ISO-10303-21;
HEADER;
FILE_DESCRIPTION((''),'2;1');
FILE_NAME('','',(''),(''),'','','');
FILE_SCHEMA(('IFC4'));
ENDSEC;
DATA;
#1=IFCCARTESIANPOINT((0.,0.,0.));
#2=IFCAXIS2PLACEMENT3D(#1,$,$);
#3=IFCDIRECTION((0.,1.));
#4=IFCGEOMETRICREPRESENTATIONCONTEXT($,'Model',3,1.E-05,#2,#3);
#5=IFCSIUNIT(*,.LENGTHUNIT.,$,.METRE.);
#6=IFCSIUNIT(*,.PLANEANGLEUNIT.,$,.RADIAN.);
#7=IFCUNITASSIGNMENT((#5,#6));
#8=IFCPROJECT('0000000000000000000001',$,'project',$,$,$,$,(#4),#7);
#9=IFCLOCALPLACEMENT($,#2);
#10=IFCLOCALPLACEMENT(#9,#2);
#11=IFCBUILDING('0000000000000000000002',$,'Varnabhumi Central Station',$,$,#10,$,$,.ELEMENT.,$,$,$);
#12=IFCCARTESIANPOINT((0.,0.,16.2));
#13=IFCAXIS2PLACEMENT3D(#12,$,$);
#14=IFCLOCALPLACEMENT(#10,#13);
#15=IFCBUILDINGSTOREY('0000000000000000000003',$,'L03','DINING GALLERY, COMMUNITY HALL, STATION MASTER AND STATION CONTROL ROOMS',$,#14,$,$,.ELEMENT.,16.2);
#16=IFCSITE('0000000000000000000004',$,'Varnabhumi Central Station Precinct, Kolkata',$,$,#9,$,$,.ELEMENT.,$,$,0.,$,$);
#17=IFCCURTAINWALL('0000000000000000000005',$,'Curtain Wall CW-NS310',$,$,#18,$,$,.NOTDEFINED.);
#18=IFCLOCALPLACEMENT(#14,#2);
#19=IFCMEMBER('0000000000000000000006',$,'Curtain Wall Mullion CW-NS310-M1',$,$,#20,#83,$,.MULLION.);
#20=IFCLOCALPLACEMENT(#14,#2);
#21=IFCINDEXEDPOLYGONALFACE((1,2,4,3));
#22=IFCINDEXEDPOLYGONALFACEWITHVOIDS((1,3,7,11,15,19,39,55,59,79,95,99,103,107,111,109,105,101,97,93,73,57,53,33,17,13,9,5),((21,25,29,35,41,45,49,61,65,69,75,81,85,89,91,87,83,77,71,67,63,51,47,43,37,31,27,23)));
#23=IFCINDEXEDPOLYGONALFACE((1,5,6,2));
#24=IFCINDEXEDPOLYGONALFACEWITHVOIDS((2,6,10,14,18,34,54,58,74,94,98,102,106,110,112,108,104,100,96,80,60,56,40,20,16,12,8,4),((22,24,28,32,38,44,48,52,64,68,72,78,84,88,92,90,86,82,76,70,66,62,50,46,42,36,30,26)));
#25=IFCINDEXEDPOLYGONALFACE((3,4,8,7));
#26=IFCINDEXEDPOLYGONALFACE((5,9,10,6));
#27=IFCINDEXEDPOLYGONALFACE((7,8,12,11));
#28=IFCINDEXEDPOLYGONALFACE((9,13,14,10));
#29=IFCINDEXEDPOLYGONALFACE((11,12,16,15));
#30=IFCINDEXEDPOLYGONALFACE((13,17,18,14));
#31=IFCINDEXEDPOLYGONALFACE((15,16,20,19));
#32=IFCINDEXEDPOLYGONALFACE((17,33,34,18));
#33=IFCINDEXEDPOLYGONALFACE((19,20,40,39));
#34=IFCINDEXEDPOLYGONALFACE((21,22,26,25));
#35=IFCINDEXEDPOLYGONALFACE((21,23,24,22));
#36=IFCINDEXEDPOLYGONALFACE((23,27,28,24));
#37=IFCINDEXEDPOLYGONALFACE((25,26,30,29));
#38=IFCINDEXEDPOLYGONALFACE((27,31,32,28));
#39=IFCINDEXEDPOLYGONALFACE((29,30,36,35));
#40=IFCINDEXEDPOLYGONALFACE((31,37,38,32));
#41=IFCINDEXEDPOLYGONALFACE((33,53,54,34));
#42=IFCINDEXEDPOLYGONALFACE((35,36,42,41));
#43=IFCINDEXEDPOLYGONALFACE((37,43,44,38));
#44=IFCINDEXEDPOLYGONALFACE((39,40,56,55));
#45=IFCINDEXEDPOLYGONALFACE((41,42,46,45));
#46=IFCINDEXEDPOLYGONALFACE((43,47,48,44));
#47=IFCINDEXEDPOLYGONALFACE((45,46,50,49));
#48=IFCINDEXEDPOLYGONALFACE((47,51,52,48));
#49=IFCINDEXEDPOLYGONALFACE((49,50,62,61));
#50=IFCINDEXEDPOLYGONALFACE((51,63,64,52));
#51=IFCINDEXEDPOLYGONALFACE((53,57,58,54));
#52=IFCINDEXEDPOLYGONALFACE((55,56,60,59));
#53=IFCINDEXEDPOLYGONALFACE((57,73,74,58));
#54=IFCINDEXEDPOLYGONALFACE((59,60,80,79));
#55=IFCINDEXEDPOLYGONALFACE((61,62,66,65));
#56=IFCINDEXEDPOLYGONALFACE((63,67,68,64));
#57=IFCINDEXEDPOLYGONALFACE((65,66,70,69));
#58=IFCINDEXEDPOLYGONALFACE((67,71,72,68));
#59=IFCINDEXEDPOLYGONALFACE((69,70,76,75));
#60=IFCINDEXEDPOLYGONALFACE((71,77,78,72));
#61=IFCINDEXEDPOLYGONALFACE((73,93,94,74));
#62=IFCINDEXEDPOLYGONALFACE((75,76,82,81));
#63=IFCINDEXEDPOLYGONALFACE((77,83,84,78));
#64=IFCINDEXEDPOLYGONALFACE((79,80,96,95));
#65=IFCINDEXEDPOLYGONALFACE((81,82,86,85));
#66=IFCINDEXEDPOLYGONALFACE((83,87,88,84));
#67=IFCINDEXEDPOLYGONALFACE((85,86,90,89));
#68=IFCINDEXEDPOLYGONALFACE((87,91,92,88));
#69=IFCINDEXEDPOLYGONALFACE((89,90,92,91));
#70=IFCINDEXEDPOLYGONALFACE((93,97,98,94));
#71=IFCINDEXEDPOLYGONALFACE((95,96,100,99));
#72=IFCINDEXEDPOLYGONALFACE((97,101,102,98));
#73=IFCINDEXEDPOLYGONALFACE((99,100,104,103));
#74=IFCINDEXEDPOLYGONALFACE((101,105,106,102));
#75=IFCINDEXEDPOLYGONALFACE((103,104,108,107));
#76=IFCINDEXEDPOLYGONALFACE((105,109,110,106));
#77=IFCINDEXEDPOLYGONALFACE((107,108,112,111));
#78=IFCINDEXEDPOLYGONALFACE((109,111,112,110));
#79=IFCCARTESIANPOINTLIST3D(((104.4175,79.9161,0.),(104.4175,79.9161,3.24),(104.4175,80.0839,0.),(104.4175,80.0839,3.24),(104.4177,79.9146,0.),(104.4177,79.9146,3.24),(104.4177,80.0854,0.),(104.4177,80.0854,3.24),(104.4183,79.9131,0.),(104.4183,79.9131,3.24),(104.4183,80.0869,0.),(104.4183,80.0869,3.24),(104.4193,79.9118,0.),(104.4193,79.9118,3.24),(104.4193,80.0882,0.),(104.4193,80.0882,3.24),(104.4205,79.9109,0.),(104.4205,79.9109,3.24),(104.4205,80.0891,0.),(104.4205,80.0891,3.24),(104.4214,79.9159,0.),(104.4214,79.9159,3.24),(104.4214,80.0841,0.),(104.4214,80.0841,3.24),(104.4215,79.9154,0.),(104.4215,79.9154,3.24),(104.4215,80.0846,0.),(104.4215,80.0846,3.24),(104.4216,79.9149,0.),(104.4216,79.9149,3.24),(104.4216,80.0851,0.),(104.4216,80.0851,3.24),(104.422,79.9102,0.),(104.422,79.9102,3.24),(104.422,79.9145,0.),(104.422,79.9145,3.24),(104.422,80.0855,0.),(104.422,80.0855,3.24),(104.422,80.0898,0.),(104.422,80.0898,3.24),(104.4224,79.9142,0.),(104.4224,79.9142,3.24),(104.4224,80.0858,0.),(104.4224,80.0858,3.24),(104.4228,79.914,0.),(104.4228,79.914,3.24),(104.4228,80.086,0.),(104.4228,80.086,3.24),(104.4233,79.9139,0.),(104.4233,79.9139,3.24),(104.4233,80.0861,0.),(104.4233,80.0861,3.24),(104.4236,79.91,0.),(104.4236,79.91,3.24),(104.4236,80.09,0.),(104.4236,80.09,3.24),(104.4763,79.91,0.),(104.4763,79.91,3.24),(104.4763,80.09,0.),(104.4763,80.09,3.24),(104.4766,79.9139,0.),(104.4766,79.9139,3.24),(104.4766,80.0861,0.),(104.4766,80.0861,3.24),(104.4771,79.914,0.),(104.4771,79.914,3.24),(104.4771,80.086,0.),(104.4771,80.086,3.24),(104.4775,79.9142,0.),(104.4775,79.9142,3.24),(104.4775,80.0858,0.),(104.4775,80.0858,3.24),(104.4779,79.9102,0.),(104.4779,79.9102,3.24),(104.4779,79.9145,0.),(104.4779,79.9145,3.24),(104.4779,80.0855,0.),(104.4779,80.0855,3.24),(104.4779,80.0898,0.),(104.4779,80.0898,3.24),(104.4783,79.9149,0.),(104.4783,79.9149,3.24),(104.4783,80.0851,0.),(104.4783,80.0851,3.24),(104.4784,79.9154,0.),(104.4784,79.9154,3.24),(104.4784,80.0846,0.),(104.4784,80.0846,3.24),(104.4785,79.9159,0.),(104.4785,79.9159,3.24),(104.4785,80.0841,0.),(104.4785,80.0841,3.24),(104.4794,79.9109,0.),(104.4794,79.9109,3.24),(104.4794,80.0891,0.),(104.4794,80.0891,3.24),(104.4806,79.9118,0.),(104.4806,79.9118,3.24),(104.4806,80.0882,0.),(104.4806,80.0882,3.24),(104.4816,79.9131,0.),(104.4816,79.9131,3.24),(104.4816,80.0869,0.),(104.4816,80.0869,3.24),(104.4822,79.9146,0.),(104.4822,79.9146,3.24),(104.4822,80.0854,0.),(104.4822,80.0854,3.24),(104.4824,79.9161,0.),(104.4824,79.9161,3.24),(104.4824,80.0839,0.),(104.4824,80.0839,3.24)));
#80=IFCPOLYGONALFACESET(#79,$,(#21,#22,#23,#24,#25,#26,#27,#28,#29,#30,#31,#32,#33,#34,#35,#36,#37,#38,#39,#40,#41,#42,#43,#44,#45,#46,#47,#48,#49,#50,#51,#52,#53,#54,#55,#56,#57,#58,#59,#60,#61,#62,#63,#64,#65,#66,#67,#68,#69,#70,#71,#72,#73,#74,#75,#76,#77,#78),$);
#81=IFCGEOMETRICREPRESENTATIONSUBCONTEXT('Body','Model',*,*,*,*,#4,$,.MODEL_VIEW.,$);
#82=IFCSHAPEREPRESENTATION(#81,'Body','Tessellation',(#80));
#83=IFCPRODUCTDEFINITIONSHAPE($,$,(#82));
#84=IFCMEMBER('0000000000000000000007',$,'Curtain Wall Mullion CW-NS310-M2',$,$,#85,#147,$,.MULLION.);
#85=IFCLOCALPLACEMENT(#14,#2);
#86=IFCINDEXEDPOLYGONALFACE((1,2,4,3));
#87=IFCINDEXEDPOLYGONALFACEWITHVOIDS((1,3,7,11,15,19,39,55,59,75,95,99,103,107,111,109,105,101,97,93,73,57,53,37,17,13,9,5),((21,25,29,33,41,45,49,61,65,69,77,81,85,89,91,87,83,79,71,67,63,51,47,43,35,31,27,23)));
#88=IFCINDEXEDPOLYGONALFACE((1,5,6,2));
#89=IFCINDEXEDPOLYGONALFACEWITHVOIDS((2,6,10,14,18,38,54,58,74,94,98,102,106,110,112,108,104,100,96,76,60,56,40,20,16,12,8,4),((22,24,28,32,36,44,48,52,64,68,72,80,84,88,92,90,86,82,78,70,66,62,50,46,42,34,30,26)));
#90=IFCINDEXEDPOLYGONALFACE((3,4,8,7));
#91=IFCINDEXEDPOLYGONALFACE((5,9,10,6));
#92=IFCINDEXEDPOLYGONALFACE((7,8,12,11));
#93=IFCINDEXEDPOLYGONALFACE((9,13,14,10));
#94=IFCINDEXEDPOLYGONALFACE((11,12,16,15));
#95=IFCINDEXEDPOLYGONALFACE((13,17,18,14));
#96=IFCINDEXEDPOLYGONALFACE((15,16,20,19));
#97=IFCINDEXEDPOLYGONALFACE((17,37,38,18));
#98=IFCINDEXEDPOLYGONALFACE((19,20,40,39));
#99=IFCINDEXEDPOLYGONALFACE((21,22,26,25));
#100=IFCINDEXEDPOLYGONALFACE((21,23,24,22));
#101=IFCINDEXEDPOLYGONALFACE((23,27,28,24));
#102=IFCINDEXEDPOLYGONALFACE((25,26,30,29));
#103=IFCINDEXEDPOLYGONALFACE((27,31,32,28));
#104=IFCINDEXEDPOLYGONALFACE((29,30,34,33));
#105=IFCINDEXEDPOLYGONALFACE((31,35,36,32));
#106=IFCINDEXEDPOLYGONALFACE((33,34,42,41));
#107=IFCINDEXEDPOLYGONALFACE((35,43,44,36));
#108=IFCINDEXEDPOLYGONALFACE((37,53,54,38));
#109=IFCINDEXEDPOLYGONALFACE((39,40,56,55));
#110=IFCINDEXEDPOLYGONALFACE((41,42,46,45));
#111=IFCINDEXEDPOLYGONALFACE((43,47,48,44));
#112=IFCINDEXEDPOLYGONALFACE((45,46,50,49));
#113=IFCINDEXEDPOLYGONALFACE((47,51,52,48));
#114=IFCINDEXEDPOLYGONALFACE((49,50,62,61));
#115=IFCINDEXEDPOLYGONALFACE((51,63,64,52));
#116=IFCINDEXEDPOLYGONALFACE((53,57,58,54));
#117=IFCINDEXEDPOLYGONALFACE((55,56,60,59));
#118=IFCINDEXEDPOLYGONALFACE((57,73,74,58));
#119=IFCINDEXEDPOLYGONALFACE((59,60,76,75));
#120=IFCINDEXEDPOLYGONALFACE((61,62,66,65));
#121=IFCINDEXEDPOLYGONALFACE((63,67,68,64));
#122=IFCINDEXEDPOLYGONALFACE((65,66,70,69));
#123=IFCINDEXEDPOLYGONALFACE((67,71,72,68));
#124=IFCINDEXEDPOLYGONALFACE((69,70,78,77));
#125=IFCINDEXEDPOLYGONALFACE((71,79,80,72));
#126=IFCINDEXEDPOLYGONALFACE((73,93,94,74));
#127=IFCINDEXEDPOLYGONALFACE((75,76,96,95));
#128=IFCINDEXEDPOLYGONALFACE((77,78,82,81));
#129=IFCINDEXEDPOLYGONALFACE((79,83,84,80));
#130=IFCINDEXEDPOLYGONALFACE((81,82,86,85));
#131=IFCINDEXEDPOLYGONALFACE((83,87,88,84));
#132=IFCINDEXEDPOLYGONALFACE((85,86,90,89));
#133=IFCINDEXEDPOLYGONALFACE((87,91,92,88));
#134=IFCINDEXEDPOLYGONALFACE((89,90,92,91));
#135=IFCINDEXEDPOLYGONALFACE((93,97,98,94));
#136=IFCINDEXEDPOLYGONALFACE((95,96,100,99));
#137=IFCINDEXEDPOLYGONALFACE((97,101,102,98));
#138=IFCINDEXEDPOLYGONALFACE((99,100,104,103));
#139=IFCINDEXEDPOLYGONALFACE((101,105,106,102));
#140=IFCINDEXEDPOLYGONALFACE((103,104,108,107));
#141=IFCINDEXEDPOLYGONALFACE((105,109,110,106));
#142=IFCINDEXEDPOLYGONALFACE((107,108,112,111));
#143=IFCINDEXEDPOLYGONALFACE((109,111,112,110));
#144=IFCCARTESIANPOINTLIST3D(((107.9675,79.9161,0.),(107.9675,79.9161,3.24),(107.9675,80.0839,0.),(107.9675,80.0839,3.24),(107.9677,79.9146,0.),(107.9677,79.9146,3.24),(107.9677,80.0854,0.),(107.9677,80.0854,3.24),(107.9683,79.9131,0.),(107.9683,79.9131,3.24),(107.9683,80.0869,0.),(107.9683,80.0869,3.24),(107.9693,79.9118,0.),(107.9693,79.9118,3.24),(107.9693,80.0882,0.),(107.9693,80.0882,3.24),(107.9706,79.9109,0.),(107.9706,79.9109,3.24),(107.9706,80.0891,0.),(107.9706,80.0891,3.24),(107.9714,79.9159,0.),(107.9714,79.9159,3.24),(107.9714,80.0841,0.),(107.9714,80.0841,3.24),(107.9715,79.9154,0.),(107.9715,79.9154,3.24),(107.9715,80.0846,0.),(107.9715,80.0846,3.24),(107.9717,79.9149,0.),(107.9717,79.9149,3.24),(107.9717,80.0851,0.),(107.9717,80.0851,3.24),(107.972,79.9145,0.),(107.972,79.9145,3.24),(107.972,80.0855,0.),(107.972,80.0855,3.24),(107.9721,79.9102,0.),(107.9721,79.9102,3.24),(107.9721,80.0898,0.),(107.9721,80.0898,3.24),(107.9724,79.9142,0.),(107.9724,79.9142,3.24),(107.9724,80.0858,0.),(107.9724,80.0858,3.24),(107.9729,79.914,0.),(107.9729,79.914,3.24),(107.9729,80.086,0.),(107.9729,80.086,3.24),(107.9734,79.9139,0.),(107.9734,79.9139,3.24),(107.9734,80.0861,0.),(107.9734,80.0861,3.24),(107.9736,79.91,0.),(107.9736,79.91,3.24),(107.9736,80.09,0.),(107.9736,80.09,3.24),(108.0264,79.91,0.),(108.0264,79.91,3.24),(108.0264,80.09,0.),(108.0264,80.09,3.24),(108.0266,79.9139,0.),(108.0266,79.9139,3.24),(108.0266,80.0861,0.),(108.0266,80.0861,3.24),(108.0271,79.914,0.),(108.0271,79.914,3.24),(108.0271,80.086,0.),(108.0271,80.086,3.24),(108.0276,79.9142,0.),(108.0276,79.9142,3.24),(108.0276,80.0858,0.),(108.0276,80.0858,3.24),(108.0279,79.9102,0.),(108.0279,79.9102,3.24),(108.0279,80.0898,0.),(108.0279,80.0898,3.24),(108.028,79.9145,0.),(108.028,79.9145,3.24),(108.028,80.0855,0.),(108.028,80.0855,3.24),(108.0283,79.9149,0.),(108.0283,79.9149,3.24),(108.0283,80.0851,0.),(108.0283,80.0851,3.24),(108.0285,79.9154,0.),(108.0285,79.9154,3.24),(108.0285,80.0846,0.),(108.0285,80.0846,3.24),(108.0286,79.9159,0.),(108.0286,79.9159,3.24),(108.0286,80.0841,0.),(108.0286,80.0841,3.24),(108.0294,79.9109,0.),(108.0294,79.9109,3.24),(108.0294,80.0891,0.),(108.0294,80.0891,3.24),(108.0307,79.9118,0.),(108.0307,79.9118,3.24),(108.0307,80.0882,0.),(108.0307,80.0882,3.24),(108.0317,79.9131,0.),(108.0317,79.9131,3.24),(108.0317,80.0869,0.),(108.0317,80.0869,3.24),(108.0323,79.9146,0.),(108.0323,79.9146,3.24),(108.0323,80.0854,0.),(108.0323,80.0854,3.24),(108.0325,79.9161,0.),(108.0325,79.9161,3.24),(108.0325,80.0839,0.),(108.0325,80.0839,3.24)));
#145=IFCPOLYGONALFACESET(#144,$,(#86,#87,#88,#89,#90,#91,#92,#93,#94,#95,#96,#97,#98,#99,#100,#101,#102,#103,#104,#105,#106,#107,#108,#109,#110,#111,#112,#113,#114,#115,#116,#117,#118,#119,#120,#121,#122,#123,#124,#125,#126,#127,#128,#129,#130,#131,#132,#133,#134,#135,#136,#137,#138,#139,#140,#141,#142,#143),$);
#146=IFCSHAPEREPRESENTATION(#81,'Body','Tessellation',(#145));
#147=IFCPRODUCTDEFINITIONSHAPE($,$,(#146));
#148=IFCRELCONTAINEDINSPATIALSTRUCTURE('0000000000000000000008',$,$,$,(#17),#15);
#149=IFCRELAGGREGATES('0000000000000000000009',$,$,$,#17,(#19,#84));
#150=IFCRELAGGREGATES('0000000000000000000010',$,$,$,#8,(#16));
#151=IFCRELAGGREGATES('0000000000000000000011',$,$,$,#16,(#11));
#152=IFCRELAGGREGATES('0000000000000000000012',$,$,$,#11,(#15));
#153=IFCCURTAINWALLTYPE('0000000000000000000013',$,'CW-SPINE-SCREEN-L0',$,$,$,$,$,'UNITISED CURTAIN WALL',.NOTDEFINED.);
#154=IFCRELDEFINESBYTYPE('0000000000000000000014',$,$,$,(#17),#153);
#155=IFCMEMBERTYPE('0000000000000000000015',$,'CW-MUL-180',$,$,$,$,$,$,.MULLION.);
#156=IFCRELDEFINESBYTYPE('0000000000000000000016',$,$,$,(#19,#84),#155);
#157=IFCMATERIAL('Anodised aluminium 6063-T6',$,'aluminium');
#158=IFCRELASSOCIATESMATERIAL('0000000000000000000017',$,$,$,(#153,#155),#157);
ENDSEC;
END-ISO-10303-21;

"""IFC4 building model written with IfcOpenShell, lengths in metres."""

from ifc_helpers import new_model, si_unit, direction, frame, origin, origin_2d, place, context, subcontext, project, spatial, hollow_rectangle, extrude, material, material_profile, profile_set, type_object, element, aggregate, save


model = new_model("IFC4")

# Units and contexts
model_context = context("Model", 3, precision=1e-05, world=origin(), true_north=direction((0.0, 1.0)))
body_context = subcontext(model_context, "Body", "Model", "MODEL_VIEW")
ifc_project = project(units=[si_unit("LENGTHUNIT", "METRE"), si_unit("PLANEANGLEUNIT", "RADIAN")], contexts=[model_context])

# Site, building, storey
site_placement = place(None, origin())
site = spatial("IfcSite", under=ifc_project, at=site_placement, Name="Varnabhumi Central Station Precinct, Kolkata", CompositionType="ELEMENT", RefElevation=0.0)
building_placement = place(site_placement, origin())
building = spatial("IfcBuilding", under=site, at=building_placement, Name="Varnabhumi Central Station", CompositionType="ELEMENT")
storey_placement = place(building_placement, frame((0.0, 0.0, 16.2)))
storey = spatial("IfcBuildingStorey", under=building, at=storey_placement, Name="L03", Description="DINING GALLERY, COMMUNITY HALL, STATION MASTER AND STATION CONTROL ROOMS", CompositionType="ELEMENT", Elevation=16.2)

# Curtain wall, members
ifc_material_1 = material(Name="Anodised aluminium 6063-T6", Category="aluminium")
curtain_wall_type = type_object("IfcCurtainWallType", Name="CW-SPINE-SCREEN-L0", ElementType="UNITISED CURTAIN WALL", PredefinedType="NOTDEFINED", material=ifc_material_1)
curtain_wall_placement = place(storey_placement, origin())
curtain_wall = element("IfcCurtainWall", 1, at=curtain_wall_placement, inside=storey, type_object=curtain_wall_type, Name="Curtain Wall CW-NS310", PredefinedType="NOTDEFINED")
ifc_material_profile_1 = material_profile(ifc_material_1, hollow_rectangle(XDim=0.0649, YDim=0.1799, WallThickness=0.0039, InnerFilletRadius=0.002, OuterFilletRadius=0.0061, at=origin_2d()), Name="Anodised aluminium 6063-T6", Category="aluminium")
ifc_profile_set_1 = profile_set([ifc_material_profile_1], Name="Anodised aluminium 6063-T6")
member_type_1 = type_object("IfcMemberType", Name="CW-MUL-180", PredefinedType="MULLION", material=ifc_profile_set_1)
member_1_placement = place(storey_placement, frame((104.45, 80.0, 0.0), z_axis=(0.0, 0.0, 1.0), x_axis=(1.0, 0.0, 0.0)))
member_1 = element("IfcMember", 2, at=member_1_placement, type_object=member_type_1, Name="Curtain Wall Mullion CW-NS310-M1", PredefinedType="MULLION", context=body_context, shape_type="SweptSolid", body=[
    extrude(hollow_rectangle(XDim=0.0649, YDim=0.1799, WallThickness=0.0039, InnerFilletRadius=0.002, OuterFilletRadius=0.0061, at=origin_2d()), origin(), (0.0, 0.0, 1.0), 3.24),
])
member_2_placement = place(storey_placement, frame((108.0, 80.0, 0.0), z_axis=(0.0, 0.0, 1.0), x_axis=(1.0, 0.0, 0.0)))
member_2 = element("IfcMember", 3, at=member_2_placement, type_object=member_type_1, Name="Curtain Wall Mullion CW-NS310-M2", PredefinedType="MULLION", context=body_context, shape_type="SweptSolid", body=[
    extrude(hollow_rectangle(XDim=0.0649, YDim=0.1799, WallThickness=0.0039, InnerFilletRadius=0.002, OuterFilletRadius=0.0061, at=origin_2d()), origin(), (0.0, 0.0, 1.0), 3.24),
])

aggregate(curtain_wall, [member_1, member_2])

save(model, "model.ifc")
